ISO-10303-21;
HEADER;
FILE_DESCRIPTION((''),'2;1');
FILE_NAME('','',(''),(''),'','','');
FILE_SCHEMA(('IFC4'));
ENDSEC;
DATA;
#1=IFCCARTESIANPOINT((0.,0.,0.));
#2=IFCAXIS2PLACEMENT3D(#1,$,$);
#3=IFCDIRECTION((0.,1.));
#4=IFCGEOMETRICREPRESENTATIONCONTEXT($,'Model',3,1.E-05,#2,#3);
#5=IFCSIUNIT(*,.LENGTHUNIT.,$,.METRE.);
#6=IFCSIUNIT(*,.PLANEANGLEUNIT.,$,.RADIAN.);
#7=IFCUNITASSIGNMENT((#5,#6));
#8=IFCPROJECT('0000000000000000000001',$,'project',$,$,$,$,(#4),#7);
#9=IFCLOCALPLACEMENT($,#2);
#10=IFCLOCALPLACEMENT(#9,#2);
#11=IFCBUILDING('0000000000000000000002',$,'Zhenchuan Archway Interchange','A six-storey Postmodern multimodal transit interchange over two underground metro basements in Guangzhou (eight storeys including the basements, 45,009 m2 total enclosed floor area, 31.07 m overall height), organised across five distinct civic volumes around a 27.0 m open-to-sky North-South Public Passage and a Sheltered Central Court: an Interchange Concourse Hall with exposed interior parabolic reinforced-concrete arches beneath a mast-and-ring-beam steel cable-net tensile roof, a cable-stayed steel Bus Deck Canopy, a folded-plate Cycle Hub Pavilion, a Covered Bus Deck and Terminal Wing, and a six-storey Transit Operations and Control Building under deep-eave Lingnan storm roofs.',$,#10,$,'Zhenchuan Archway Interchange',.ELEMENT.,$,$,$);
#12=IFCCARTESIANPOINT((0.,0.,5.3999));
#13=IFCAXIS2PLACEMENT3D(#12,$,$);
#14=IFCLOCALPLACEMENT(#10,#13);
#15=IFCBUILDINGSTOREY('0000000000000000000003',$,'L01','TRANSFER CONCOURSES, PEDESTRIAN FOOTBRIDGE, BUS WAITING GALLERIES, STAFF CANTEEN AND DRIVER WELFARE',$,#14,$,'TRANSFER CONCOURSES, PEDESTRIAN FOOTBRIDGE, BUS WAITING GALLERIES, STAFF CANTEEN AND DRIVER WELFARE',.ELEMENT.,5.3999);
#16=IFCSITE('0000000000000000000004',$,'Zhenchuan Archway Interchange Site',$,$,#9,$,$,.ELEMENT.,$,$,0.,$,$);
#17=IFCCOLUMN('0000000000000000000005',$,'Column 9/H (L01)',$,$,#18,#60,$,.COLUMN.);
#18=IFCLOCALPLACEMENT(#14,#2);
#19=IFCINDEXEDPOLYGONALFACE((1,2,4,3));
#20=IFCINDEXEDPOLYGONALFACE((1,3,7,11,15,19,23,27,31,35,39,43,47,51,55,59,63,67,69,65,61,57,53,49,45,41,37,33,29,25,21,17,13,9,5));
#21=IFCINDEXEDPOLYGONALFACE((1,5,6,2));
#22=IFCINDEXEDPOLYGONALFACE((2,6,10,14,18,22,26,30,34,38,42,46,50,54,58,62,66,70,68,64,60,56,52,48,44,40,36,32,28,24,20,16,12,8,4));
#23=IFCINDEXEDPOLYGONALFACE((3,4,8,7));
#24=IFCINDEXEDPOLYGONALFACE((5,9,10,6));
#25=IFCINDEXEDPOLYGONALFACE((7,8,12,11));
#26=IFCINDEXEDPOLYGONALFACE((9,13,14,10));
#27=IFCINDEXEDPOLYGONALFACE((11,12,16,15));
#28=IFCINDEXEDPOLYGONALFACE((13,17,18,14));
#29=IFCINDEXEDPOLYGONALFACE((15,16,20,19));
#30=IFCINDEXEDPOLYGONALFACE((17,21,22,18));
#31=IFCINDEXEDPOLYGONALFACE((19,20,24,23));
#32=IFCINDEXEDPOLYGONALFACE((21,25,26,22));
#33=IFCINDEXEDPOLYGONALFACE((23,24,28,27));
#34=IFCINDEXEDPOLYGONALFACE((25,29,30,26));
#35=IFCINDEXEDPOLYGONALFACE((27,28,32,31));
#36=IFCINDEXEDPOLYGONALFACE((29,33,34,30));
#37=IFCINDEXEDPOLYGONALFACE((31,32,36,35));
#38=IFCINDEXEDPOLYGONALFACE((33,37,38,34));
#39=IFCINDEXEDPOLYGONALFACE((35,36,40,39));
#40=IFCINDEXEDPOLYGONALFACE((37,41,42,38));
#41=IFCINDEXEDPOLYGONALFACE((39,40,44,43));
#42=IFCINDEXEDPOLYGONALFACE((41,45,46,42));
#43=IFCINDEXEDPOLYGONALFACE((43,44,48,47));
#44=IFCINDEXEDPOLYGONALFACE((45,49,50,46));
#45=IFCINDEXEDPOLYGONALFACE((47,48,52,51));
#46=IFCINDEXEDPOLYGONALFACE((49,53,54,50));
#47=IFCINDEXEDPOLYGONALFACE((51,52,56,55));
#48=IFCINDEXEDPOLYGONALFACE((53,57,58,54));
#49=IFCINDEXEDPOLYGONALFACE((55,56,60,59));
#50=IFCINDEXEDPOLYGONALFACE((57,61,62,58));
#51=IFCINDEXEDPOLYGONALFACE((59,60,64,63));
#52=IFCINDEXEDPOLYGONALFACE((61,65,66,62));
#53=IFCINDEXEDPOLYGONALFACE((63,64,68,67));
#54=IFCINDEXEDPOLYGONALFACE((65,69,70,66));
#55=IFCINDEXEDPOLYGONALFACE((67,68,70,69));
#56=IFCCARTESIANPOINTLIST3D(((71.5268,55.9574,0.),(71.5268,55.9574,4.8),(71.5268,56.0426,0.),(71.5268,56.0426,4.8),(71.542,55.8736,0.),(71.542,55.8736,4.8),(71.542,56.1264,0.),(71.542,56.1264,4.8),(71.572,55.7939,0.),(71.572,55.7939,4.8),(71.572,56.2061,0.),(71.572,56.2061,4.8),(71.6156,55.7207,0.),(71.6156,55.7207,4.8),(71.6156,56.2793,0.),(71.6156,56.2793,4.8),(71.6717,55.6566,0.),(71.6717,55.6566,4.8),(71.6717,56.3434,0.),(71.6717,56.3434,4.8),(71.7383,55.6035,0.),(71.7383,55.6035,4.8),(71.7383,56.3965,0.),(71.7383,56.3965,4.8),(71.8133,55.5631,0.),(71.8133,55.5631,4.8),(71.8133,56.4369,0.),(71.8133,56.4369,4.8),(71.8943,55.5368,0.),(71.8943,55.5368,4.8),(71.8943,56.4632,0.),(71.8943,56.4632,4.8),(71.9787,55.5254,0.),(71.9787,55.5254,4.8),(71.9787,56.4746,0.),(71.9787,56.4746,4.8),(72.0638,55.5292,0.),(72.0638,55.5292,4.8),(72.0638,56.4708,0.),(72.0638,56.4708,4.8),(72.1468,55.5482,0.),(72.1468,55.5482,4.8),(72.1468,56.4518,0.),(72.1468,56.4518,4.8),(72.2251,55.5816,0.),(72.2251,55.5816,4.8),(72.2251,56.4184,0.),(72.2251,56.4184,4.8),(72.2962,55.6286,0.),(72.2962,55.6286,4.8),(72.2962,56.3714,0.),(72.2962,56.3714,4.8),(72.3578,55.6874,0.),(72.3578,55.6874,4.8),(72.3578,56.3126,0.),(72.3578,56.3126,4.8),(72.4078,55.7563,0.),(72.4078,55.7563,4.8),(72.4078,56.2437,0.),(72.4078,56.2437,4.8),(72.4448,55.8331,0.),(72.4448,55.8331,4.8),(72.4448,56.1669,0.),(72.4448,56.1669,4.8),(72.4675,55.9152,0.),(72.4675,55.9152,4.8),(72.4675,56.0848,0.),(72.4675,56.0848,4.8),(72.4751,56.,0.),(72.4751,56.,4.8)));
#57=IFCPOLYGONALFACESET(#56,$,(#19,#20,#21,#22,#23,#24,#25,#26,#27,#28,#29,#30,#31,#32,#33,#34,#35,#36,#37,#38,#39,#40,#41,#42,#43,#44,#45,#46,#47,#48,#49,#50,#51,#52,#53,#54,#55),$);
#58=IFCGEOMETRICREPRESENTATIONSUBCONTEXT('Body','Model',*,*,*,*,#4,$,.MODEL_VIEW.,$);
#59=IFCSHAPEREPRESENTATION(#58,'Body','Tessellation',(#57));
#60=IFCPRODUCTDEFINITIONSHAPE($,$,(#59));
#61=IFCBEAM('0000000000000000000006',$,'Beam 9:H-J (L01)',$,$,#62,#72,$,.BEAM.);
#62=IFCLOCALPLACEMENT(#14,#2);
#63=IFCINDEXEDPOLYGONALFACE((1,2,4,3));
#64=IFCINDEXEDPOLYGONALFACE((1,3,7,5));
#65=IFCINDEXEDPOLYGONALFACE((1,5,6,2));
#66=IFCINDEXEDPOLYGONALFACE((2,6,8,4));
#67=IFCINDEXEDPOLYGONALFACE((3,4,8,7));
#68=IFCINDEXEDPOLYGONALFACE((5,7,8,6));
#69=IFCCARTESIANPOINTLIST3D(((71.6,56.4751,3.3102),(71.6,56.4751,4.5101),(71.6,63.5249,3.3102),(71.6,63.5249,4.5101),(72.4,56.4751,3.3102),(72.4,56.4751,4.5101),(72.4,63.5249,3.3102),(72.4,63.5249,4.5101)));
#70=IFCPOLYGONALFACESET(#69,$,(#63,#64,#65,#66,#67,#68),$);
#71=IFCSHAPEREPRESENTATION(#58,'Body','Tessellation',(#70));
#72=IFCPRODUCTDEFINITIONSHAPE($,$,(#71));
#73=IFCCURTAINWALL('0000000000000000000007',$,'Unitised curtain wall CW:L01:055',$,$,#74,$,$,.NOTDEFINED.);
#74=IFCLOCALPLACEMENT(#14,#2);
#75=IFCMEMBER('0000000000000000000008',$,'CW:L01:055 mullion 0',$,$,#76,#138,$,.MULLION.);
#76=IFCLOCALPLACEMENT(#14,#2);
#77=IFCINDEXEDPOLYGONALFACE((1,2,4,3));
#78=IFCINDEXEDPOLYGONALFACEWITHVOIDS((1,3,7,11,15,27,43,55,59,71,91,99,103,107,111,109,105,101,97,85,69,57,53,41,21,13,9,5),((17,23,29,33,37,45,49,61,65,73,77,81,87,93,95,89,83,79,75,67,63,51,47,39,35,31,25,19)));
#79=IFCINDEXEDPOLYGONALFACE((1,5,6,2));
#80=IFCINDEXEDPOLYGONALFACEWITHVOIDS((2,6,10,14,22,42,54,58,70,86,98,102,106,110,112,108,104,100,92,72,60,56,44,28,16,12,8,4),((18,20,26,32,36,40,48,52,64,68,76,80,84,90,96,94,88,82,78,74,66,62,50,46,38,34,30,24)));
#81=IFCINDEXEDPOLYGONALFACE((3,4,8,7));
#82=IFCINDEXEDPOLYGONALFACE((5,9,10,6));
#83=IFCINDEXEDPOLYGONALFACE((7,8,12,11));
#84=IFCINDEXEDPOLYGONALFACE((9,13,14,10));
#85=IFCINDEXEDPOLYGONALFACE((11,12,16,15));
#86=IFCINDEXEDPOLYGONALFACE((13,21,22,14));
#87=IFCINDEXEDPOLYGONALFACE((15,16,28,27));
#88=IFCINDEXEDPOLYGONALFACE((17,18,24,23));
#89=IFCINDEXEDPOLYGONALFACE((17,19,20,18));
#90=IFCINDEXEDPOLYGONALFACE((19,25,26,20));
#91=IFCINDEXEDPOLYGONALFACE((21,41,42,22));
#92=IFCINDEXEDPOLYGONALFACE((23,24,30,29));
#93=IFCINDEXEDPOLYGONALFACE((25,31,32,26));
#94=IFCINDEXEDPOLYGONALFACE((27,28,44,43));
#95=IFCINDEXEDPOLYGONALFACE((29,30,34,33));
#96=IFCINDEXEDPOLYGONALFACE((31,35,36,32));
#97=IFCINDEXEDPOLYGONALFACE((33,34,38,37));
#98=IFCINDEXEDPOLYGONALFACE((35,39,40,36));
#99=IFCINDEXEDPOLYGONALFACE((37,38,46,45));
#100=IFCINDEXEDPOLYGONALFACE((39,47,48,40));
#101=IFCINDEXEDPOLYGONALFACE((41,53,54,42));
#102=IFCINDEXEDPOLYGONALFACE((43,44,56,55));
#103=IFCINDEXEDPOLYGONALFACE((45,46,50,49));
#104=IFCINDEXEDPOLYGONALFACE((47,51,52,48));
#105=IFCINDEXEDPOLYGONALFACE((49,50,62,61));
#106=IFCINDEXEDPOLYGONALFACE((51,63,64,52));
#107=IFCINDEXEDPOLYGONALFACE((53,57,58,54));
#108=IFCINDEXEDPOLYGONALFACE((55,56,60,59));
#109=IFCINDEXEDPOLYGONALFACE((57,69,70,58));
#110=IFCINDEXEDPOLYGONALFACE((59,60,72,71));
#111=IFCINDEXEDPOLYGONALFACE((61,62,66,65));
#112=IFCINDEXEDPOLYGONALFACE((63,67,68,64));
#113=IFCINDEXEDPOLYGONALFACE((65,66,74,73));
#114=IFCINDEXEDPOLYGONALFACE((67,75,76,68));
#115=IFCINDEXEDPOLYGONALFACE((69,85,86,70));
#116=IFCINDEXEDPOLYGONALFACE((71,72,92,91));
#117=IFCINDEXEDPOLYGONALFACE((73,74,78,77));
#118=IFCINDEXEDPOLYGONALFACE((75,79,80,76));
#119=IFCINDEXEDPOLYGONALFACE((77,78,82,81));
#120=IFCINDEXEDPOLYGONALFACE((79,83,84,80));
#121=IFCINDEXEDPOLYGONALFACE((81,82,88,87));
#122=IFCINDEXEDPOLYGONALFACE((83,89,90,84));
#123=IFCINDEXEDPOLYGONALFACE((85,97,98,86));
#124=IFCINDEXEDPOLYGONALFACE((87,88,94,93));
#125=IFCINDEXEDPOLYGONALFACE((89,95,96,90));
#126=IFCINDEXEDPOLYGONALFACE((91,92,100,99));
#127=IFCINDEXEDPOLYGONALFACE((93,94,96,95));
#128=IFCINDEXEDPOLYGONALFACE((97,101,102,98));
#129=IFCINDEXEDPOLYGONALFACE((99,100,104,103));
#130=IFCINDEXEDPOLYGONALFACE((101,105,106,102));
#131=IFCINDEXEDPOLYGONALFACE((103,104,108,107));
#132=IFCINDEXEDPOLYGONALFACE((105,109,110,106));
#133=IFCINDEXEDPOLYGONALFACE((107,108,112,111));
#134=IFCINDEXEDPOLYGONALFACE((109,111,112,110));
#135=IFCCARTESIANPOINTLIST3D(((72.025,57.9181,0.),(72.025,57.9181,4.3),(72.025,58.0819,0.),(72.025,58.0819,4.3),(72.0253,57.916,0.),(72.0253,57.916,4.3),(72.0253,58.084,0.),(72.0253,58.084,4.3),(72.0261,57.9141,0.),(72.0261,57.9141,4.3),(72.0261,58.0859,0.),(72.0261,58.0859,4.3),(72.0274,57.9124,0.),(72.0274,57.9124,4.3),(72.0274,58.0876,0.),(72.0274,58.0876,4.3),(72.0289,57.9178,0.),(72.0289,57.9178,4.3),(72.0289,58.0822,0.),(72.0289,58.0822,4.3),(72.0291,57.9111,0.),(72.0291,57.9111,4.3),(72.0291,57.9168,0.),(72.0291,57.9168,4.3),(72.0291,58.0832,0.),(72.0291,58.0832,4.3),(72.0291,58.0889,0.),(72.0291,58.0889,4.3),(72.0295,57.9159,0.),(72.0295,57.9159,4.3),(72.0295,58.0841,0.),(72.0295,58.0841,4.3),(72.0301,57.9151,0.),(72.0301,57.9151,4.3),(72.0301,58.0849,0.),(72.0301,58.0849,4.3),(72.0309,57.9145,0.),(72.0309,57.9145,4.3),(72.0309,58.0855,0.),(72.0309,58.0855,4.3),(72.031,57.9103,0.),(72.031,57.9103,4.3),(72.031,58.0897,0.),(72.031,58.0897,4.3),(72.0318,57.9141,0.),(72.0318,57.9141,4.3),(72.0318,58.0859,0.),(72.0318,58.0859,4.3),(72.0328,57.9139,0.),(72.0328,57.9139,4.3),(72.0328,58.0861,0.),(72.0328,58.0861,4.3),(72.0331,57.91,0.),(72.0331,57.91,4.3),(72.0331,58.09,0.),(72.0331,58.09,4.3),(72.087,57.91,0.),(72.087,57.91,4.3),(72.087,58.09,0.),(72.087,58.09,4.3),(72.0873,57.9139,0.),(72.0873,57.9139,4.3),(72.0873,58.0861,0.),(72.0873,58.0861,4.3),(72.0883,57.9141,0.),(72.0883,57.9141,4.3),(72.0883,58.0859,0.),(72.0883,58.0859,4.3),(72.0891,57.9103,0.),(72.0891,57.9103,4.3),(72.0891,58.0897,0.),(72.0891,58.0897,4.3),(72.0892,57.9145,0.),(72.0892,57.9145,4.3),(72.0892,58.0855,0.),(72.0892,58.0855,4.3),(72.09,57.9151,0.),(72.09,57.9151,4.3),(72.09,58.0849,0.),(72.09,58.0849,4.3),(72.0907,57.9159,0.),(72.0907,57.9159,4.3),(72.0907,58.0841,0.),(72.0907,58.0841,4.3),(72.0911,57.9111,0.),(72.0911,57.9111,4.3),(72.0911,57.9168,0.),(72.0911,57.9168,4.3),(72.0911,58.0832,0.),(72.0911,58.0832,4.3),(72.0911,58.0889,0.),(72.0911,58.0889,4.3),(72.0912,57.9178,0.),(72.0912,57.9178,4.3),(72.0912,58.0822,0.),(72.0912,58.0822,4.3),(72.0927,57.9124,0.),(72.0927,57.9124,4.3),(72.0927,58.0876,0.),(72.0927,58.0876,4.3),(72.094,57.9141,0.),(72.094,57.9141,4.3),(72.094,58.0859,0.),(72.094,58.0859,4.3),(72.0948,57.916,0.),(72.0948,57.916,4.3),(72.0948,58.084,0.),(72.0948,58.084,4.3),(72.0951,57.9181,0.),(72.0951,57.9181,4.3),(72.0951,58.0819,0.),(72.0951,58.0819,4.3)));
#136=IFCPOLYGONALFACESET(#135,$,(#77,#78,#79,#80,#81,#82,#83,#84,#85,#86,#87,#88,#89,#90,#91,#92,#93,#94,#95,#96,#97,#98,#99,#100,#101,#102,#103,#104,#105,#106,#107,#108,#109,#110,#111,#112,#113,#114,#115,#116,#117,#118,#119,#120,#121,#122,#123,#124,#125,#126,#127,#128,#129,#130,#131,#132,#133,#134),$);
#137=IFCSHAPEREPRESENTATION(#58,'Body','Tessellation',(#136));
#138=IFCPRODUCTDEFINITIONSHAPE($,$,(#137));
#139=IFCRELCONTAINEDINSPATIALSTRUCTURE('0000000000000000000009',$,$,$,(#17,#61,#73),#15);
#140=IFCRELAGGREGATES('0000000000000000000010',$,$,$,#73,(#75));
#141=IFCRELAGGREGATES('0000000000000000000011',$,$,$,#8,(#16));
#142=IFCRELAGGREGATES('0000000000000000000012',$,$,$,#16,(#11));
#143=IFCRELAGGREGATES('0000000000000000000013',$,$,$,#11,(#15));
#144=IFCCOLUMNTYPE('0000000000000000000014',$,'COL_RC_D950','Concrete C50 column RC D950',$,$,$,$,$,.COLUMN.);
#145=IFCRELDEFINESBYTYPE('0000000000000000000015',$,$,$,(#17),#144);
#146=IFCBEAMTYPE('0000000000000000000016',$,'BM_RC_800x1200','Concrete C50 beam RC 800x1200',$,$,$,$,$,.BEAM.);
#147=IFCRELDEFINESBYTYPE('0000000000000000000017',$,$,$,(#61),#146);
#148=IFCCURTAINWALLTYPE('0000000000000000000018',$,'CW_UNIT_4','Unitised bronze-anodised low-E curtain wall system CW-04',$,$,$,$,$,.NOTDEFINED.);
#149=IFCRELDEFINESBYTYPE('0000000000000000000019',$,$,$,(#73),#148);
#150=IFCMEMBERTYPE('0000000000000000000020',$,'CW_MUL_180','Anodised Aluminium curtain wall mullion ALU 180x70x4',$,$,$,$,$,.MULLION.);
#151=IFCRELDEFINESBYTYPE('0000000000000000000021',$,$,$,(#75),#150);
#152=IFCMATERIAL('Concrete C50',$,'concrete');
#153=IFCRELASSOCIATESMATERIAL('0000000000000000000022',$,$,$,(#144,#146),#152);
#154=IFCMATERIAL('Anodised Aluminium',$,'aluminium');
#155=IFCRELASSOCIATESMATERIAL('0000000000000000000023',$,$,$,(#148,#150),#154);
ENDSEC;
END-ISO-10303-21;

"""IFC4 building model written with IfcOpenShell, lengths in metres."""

from ifc_helpers import new_model, si_unit, direction, frame, origin, origin_2d, place, context, subcontext, project, spatial, rectangle, hollow_rectangle, circle, extrude, material, material_profile, profile_set, type_object, element, aggregate, save


model = new_model("IFC4")

# Units and contexts
model_context = context("Model", 3, precision=1e-05, world=origin(), true_north=direction((0.0, 1.0)))
body_context = subcontext(model_context, "Body", "Model", "MODEL_VIEW")
ifc_project = project(units=[si_unit("LENGTHUNIT", "METRE"), si_unit("PLANEANGLEUNIT", "RADIAN")], contexts=[model_context])

# Site, building, storey
site_placement = place(None, origin())
site = spatial("IfcSite", under=ifc_project, at=site_placement, Name="Zhenchuan Archway Interchange Site", CompositionType="ELEMENT", RefElevation=0.0)
building_placement = place(site_placement, origin())
building = spatial("IfcBuilding", under=site, at=building_placement, Name="Zhenchuan Archway Interchange", Description="A six-storey Postmodern multimodal transit interchange over two underground metro basements in Guangzhou (eight storeys including the basements, 45,009 m2 total enclosed floor area, 31.07 m overall height), organised across five distinct civic volumes around a 27.0 m open-to-sky North-South Public Passage and a Sheltered Central Court: an Interchange Concourse Hall with exposed interior parabolic reinforced-concrete arches beneath a mast-and-ring-beam steel cable-net tensile roof, a cable-stayed steel Bus Deck Canopy, a folded-plate Cycle Hub Pavilion, a Covered Bus Deck and Terminal Wing, and a six-storey Transit Operations and Control Building under deep-eave Lingnan storm roofs.", LongName="Zhenchuan Archway Interchange", CompositionType="ELEMENT")
storey_placement = place(building_placement, frame((0.0, 0.0, 5.3999)))
storey = spatial("IfcBuildingStorey", under=building, at=storey_placement, Name="L01", Description="TRANSFER CONCOURSES, PEDESTRIAN FOOTBRIDGE, BUS WAITING GALLERIES, STAFF CANTEEN AND DRIVER WELFARE", LongName="TRANSFER CONCOURSES, PEDESTRIAN FOOTBRIDGE, BUS WAITING GALLERIES, STAFF CANTEEN AND DRIVER WELFARE", CompositionType="ELEMENT", Elevation=5.3999)

# Column
ifc_material_1 = material(Name="Concrete C50", Category="concrete")
ifc_material_profile_1 = material_profile(ifc_material_1, circle(Radius=0.4751, at=origin_2d()), Name="RC D950")
ifc_profile_set_1 = profile_set([ifc_material_profile_1], Name="Concrete C50")
column_type = type_object("IfcColumnType", Name="COL_RC_D950", Description="Concrete C50 column RC D950", PredefinedType="COLUMN", material=ifc_profile_set_1)
column_placement = place(storey_placement, frame((72.0, 56.0, 0.0), z_axis=(0.0, 0.0, 1.0), x_axis=(1.0, 0.0, 0.0)))
element("IfcColumn", 1, at=column_placement, inside=storey, type_object=column_type, Name="Column 9/H (L01)", PredefinedType="COLUMN", context=body_context, shape_type="SweptSolid", body=[
    extrude(circle(Radius=0.4751, at=origin_2d()), origin(), (0.0, 0.0, 1.0), 4.8),
])

# Beam
ifc_material_profile_2 = material_profile(ifc_material_1, rectangle(XDim=0.8, YDim=1.2, at=origin_2d()), Name="RC 800x1200")
ifc_profile_set_2 = profile_set([ifc_material_profile_2], Name="Concrete C50")
beam_type = type_object("IfcBeamType", Name="BM_RC_800x1200", Description="Concrete C50 beam RC 800x1200", PredefinedType="BEAM", material=ifc_profile_set_2)
beam_placement = place(storey_placement, frame((72.0, 56.4751, 3.9102), z_axis=(0.0, 1.0, 0.0), x_axis=(-1.0, 0.0, 0.0)))
element("IfcBeam", 2, at=beam_placement, inside=storey, type_object=beam_type, Name="Beam 9:H-J (L01)", PredefinedType="BEAM", context=body_context, shape_type="SweptSolid", body=[
    extrude(rectangle(XDim=0.8, YDim=1.2, at=origin_2d()), origin(), (0.0, 0.0, 1.0), 7.0498),
])

# Curtain wall, member
ifc_material_2 = material(Name="Anodised Aluminium", Category="aluminium")
curtain_wall_type_1 = type_object("IfcCurtainWallType", Name="CW_UNIT_4", Description="Unitised bronze-anodised low-E curtain wall system CW-04", PredefinedType="NOTDEFINED", material=ifc_material_2)
curtain_wall_1_placement = place(storey_placement, origin())
curtain_wall_1 = element("IfcCurtainWall", 3, at=curtain_wall_1_placement, inside=storey, type_object=curtain_wall_type_1, Name="Unitised curtain wall CW:L01:055", PredefinedType="NOTDEFINED")
ifc_material_profile_3 = material_profile(ifc_material_2, hollow_rectangle(XDim=0.0701, YDim=0.1799, WallThickness=0.0039, InnerFilletRadius=0.0039, OuterFilletRadius=0.0081, at=origin_2d()), Name="ALU 180x70x4")
ifc_profile_set_3 = profile_set([ifc_material_profile_3], Name="Anodised Aluminium")
member_type_1 = type_object("IfcMemberType", Name="CW_MUL_180", Description="Anodised Aluminium curtain wall mullion ALU 180x70x4", PredefinedType="MULLION", material=ifc_profile_set_3)
member_1_placement = place(storey_placement, frame((72.0601, 58.0, 0.0), z_axis=(0.0, 0.0, 1.0), x_axis=(1.0, 0.0, 0.0)))
member_1 = element("IfcMember", 4, at=member_1_placement, type_object=member_type_1, Name="CW:L01:055 mullion 0", PredefinedType="MULLION", context=body_context, shape_type="SweptSolid", body=[
    extrude(hollow_rectangle(XDim=0.0701, YDim=0.1799, WallThickness=0.0039, InnerFilletRadius=0.0039, OuterFilletRadius=0.0081, at=origin_2d()), origin(), (0.0, 0.0, 1.0), 4.3),
])
aggregate(curtain_wall_1, [member_1])

save(model, "model.ifc")
